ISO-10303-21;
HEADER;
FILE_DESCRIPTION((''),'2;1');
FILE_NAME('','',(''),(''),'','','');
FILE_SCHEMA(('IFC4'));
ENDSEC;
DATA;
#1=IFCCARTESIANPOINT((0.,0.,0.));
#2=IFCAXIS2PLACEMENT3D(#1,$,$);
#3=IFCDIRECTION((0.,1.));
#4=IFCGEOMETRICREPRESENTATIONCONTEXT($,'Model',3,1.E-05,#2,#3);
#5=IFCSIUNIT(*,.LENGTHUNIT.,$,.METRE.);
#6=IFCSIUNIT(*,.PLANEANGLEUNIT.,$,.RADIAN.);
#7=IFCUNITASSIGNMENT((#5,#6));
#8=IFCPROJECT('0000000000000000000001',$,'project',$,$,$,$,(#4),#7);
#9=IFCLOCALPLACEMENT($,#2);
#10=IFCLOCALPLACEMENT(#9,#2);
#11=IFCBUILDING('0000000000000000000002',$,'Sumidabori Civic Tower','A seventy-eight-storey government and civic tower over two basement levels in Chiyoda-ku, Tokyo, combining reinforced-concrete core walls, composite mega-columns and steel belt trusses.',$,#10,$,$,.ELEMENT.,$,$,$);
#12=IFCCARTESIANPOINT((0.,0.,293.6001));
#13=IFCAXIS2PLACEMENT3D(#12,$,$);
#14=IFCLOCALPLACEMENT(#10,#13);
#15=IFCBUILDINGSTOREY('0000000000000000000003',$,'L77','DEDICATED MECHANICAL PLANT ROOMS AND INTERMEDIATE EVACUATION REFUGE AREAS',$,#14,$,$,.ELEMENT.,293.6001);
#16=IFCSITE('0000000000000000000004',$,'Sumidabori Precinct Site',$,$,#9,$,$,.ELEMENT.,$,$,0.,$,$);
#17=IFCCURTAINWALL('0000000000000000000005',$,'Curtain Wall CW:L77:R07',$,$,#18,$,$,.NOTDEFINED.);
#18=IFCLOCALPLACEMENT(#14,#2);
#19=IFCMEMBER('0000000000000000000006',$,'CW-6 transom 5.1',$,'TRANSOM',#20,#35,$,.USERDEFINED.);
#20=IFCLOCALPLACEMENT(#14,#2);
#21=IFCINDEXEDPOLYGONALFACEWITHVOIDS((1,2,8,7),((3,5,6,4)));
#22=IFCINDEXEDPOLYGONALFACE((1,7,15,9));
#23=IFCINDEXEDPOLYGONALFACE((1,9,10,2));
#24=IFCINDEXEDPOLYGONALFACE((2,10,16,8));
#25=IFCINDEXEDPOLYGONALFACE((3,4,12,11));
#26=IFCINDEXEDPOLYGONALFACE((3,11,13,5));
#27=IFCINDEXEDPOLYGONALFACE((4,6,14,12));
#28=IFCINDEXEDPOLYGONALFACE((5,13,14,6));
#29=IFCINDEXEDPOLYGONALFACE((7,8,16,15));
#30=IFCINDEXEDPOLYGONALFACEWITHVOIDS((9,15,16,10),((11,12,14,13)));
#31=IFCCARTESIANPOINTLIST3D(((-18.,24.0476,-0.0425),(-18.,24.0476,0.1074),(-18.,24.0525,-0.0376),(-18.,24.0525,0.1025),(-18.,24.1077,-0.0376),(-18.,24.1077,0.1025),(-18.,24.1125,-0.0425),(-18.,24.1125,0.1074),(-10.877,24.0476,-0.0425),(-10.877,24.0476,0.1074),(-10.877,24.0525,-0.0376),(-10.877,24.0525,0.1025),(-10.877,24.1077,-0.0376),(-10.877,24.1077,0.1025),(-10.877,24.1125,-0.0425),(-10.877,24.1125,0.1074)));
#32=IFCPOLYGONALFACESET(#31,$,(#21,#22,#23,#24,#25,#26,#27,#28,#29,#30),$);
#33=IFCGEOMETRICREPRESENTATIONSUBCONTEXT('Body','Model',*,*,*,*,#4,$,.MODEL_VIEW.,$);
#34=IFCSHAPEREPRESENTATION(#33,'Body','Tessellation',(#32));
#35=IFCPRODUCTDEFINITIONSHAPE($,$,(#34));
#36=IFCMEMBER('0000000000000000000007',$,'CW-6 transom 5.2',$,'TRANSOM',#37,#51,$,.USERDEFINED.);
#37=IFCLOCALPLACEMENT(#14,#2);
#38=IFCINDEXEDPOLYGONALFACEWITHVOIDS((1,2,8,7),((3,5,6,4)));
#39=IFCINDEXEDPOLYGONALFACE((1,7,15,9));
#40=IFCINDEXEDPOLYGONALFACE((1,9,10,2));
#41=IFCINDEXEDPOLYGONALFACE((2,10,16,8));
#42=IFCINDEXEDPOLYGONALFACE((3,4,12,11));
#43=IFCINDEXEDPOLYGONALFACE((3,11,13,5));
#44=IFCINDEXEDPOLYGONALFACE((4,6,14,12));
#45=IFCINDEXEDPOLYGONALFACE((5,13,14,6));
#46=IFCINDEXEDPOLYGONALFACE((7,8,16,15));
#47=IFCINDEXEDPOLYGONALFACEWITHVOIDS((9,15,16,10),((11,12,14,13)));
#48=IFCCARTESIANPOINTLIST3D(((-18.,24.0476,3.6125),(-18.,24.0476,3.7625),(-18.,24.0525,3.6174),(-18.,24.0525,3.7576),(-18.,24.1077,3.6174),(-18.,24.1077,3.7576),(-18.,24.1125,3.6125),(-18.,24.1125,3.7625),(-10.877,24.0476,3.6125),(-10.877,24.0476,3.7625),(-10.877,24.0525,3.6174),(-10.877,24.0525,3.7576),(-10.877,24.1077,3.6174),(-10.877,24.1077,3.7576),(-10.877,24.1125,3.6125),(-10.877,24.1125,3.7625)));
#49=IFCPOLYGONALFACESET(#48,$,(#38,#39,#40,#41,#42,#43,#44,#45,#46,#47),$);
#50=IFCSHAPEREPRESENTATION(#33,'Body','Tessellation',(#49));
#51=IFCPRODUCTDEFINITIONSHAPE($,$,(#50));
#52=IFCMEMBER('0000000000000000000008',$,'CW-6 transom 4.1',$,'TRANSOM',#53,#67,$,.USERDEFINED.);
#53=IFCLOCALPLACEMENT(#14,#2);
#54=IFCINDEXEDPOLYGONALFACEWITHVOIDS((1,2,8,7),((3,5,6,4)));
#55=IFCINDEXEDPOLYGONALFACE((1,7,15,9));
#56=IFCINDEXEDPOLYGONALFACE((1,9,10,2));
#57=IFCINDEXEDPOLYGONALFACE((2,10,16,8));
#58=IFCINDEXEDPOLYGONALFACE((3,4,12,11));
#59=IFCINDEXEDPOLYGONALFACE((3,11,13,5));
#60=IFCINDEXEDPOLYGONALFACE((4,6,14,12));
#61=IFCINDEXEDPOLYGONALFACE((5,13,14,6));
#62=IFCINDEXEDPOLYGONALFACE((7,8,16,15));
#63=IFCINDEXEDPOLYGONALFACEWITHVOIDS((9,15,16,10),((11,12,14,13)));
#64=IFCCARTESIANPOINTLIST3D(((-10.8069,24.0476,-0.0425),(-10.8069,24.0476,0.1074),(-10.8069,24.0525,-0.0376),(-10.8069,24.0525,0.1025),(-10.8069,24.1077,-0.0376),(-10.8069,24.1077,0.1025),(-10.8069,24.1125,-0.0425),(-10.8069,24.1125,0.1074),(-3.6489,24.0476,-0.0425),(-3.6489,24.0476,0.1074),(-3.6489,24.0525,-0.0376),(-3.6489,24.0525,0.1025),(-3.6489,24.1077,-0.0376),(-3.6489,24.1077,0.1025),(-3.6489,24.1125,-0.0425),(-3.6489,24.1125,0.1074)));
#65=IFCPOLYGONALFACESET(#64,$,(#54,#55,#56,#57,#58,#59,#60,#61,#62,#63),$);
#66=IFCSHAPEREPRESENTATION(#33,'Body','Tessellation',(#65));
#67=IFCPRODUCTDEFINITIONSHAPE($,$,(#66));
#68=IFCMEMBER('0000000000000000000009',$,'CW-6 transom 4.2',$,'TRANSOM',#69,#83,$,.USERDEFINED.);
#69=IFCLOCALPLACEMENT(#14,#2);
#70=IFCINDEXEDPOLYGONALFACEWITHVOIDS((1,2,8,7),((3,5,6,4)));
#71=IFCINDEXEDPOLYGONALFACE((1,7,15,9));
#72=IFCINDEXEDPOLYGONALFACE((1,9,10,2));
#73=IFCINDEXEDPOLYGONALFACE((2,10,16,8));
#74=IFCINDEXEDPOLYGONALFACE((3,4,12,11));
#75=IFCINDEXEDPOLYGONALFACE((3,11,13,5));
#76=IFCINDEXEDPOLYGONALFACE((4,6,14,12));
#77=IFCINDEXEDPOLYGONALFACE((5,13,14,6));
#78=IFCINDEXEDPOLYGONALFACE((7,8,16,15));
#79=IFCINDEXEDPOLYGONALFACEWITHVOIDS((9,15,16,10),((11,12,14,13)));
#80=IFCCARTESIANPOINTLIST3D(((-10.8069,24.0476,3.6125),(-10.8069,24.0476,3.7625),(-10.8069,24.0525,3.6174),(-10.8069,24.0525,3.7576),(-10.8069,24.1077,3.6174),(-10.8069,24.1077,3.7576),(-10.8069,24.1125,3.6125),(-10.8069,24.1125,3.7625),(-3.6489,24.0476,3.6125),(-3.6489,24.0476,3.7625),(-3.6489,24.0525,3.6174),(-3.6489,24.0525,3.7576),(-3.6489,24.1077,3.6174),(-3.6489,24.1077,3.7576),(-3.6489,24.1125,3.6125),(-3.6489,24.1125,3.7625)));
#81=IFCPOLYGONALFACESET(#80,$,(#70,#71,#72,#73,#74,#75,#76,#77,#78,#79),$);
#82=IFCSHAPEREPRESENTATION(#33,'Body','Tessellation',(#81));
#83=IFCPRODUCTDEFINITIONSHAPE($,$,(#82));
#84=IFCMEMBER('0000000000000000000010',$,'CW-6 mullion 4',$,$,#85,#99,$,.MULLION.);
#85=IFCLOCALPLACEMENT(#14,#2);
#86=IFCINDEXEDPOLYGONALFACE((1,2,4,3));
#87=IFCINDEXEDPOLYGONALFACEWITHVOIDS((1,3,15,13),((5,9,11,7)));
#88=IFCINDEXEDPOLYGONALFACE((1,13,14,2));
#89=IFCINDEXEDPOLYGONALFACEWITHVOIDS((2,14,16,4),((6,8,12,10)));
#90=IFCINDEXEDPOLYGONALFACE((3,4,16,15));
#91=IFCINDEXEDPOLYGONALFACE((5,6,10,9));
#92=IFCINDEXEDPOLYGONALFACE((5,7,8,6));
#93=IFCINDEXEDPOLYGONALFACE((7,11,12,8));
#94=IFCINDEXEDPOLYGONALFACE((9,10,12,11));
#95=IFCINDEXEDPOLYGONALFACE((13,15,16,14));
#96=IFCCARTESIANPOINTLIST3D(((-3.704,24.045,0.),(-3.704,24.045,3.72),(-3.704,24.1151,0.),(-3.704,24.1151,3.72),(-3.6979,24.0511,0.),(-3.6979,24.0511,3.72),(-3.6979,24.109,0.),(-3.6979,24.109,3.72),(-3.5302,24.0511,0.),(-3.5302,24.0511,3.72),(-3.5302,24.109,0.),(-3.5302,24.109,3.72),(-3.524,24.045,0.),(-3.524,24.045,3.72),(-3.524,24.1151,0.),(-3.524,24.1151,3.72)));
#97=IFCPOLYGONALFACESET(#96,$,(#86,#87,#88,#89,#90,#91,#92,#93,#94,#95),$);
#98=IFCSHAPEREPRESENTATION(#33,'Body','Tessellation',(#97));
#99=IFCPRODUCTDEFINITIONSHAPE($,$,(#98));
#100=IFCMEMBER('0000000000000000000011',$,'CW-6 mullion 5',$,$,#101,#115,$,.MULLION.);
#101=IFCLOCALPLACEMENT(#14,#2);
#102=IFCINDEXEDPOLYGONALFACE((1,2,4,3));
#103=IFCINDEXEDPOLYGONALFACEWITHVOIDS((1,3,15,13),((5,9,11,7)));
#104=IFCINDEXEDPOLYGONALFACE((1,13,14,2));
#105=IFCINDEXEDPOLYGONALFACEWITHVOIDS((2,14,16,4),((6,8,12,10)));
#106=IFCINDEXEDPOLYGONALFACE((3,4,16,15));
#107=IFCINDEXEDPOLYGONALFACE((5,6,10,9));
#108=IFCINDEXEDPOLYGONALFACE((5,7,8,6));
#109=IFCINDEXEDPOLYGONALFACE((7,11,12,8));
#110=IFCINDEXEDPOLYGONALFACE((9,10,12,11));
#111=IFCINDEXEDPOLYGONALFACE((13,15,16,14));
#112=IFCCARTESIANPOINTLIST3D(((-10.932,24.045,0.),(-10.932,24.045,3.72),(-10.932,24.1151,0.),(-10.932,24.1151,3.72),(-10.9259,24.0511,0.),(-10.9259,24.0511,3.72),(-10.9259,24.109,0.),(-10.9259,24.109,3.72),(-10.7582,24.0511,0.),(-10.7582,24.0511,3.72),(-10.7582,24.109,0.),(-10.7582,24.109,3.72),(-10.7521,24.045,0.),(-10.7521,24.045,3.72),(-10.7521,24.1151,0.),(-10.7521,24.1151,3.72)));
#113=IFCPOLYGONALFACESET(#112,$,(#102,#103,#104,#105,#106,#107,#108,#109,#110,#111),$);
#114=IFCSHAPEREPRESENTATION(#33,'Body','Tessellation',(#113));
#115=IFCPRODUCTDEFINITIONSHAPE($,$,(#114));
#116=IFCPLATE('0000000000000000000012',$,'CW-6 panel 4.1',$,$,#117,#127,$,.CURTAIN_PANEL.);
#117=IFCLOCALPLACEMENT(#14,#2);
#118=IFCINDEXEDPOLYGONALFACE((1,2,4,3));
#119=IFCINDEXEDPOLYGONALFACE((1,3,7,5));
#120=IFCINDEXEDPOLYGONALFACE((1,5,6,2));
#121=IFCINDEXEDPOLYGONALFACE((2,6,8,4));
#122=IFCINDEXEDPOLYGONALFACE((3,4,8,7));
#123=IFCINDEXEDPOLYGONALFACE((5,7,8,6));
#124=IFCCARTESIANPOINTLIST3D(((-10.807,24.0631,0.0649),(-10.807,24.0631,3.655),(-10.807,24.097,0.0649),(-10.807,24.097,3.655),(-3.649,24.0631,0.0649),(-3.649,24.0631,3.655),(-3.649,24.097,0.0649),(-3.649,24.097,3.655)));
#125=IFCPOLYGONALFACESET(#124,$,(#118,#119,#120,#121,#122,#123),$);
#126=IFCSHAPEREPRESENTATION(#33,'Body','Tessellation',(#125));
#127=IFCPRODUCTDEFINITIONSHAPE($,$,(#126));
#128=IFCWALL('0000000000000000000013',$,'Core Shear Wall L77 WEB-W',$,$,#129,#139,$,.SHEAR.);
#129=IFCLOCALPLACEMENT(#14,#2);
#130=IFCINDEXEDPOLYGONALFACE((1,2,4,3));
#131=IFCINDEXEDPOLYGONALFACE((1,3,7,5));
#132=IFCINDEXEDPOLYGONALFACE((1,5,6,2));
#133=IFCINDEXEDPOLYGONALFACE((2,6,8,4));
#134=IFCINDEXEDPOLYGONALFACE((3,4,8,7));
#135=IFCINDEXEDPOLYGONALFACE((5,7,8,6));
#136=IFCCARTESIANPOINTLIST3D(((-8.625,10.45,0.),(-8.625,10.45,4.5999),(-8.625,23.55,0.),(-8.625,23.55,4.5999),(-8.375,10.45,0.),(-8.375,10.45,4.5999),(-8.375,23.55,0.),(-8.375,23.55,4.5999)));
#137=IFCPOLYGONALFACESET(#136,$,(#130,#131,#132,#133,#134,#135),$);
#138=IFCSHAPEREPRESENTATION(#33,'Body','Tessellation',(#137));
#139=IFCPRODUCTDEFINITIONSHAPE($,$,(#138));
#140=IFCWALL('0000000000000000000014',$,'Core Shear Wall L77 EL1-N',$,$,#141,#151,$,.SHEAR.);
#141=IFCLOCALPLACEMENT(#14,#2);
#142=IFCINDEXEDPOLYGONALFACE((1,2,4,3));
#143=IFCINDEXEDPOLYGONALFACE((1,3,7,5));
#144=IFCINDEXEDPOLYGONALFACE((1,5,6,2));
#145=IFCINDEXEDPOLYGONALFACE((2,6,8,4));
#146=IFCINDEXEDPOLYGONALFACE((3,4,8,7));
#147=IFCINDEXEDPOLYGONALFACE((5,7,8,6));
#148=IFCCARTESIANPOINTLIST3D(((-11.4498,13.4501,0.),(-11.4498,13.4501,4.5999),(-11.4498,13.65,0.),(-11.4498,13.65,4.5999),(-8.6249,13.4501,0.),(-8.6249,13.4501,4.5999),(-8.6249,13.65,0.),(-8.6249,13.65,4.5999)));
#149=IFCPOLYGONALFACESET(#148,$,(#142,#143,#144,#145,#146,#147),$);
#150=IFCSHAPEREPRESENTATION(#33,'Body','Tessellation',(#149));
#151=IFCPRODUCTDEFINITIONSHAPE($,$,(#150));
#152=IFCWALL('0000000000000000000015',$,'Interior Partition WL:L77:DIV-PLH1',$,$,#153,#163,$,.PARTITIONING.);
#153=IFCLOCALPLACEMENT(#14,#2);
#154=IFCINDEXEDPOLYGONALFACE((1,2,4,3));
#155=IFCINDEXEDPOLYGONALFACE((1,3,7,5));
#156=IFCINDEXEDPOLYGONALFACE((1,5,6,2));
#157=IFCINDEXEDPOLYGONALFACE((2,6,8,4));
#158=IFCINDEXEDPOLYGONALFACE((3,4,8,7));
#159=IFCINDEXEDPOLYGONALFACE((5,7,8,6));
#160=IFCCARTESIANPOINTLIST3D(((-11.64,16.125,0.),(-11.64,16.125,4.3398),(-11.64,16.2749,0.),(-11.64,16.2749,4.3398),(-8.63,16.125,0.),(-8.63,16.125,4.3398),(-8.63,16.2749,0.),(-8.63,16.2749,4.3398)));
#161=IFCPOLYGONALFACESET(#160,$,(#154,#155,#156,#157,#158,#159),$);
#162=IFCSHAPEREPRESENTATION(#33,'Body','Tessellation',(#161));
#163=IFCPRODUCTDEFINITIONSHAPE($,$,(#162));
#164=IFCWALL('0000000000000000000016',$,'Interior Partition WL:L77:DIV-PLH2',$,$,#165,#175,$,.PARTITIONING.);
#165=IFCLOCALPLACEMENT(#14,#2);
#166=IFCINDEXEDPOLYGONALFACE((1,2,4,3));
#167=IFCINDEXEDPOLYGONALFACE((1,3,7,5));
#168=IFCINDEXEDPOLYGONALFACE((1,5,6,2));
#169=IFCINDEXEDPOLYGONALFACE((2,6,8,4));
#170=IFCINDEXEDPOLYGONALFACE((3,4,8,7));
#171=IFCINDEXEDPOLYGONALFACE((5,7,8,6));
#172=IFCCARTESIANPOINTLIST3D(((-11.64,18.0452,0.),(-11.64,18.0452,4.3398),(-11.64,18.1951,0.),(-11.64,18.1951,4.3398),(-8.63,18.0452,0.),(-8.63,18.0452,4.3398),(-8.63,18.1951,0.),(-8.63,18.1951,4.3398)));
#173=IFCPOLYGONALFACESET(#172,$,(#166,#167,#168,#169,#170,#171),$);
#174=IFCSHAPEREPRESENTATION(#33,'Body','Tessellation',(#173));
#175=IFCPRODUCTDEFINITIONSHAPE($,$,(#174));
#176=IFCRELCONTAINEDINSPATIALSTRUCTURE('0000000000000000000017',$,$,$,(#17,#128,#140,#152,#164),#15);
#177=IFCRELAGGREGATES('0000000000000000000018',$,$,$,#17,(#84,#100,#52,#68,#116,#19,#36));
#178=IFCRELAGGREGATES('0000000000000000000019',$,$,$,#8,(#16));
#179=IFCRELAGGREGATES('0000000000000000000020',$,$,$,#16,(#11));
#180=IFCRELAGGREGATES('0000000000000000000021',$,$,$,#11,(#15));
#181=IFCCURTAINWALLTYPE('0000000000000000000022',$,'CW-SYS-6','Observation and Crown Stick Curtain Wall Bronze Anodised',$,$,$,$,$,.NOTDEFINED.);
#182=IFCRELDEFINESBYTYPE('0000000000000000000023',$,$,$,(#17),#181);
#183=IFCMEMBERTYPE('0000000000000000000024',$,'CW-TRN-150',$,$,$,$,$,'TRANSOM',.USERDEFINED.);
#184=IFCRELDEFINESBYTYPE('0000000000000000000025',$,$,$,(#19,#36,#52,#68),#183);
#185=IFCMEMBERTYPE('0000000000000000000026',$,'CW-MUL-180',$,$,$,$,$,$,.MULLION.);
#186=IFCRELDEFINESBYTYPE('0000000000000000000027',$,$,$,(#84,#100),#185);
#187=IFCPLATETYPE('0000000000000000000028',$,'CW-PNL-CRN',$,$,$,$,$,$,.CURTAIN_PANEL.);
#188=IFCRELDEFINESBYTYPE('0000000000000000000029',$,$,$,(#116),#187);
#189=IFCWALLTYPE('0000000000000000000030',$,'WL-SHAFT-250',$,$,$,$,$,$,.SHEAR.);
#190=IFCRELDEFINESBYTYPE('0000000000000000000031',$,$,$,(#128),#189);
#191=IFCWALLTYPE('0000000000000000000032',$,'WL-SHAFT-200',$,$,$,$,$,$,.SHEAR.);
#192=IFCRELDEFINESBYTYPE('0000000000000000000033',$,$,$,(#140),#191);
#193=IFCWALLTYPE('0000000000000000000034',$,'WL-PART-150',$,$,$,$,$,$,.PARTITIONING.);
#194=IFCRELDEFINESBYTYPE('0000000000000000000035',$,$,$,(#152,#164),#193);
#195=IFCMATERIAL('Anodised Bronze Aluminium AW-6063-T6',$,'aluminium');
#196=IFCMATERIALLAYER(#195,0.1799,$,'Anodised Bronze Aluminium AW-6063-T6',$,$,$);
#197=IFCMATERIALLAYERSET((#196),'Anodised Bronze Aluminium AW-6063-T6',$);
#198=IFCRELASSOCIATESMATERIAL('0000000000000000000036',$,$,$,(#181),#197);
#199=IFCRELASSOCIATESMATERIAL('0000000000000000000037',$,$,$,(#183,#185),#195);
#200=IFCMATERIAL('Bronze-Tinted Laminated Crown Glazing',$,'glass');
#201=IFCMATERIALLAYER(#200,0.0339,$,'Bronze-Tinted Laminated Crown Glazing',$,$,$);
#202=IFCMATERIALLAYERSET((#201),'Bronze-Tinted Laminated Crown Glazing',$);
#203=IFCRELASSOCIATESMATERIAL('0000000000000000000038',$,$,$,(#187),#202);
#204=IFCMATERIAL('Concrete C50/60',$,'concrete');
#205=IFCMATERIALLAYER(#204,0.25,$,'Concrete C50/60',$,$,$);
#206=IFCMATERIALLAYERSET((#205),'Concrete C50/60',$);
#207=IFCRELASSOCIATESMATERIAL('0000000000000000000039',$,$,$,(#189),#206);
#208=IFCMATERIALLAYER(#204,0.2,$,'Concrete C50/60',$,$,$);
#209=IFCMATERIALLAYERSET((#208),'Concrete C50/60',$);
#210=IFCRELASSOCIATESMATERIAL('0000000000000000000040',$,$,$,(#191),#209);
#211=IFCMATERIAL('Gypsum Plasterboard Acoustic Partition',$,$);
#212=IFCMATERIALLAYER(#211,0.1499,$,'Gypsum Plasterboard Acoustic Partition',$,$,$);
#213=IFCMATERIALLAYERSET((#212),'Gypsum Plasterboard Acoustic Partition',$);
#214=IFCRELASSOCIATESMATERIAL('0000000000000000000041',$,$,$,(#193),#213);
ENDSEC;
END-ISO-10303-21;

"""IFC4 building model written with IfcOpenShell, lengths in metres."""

from ifc_helpers import new_model, si_unit, direction, frame, frame_2d, origin, origin_2d, place, context, subcontext, project, spatial, rectangle, hollow_rectangle, extrude, source, transform, mapped, material, layer, layer_set, material_profile, profile_set, type_object, element, aggregate, save


model = new_model("IFC4")

# Units and contexts
model_context = context("Model", 3, precision=1e-05, world=origin(), true_north=direction((0.0, 1.0)))
body_context = subcontext(model_context, "Body", "Model", "MODEL_VIEW")
ifc_project = project(units=[si_unit("LENGTHUNIT", "METRE"), si_unit("PLANEANGLEUNIT", "RADIAN")], contexts=[model_context])

# Site, building, storey
site_placement = place(None, origin())
site = spatial("IfcSite", under=ifc_project, at=site_placement, Name="Sumidabori Precinct Site", CompositionType="ELEMENT", RefElevation=0.0)
building_placement = place(site_placement, origin())
building = spatial("IfcBuilding", under=site, at=building_placement, Name="Sumidabori Civic Tower", Description="A seventy-eight-storey government and civic tower over two basement levels in Chiyoda-ku, Tokyo, combining reinforced-concrete core walls, composite mega-columns and steel belt trusses.", CompositionType="ELEMENT")
storey_placement = place(building_placement, frame((0.0, 0.0, 293.6001)))
storey = spatial("IfcBuildingStorey", under=building, at=storey_placement, Name="L77", Description="DEDICATED MECHANICAL PLANT ROOMS AND INTERMEDIATE EVACUATION REFUGE AREAS", CompositionType="ELEMENT", Elevation=293.6001)

# Curtain wall, members, plate
ifc_material_1 = material(Name="Anodised Bronze Aluminium AW-6063-T6", Category="aluminium")
ifc_layer_1 = layer(ifc_material_1, 0.1799, Name="Anodised Bronze Aluminium AW-6063-T6")
ifc_layer_set_1 = layer_set([ifc_layer_1], Name="Anodised Bronze Aluminium AW-6063-T6")
curtain_wall_type = type_object("IfcCurtainWallType", Name="CW-SYS-6", Description="Observation and Crown Stick Curtain Wall Bronze Anodised", PredefinedType="NOTDEFINED", material=ifc_layer_set_1)
curtain_wall_placement = place(storey_placement, origin())
curtain_wall = element("IfcCurtainWall", 1, at=curtain_wall_placement, inside=storey, type_object=curtain_wall_type, Name="Curtain Wall CW:L77:R07", PredefinedType="NOTDEFINED")
ifc_material_profile_1 = material_profile(ifc_material_1, hollow_rectangle(XDim=0.0649, YDim=0.1499, WallThickness=0.0049, at=origin_2d()), Name="ALU TRANSOM 150x65")
ifc_profile_set_1 = profile_set([ifc_material_profile_1], Name="Anodised Bronze Aluminium AW-6063-T6")
member_type_1 = type_object("IfcMemberType", Name="CW-TRN-150", ElementType="TRANSOM", PredefinedType="USERDEFINED", material=ifc_profile_set_1)
shared_shape_1 = source(origin(), body_context, "Body", "SweptSolid", [
    extrude(hollow_rectangle(XDim=0.0649, YDim=0.1499, WallThickness=0.0049, at=origin_2d()), origin(), (0.0, 0.0, 1.0), 7.123),
])
member_1_placement = place(storey_placement, frame((-10.877, 24.0801, 0.0325), z_axis=(-1.0, 0.0, 0.0), x_axis=(0.0, -1.0, 0.0)))
member_1 = element("IfcMember", 2, at=member_1_placement, type_object=member_type_1, Name="CW-6 transom 5.1", ObjectType="TRANSOM", PredefinedType="USERDEFINED", context=body_context, shape_type="MappedRepresentation", body=[
    mapped(shared_shape_1, transform((0.0, 0.0, 0.0), x_axis=(1.0, 0.0, 0.0), y_axis=(0.0, 1.0, 0.0), z_axis=(0.0, 0.0, 1.0), scale=1.0)),
])
member_2_placement = place(storey_placement, frame((-10.877, 24.0801, 3.6875), z_axis=(-1.0, 0.0, 0.0), x_axis=(0.0, -1.0, 0.0)))
member_2 = element("IfcMember", 3, at=member_2_placement, type_object=member_type_1, Name="CW-6 transom 5.2", ObjectType="TRANSOM", PredefinedType="USERDEFINED", context=body_context, shape_type="MappedRepresentation", body=[
    mapped(shared_shape_1, transform((0.0, 0.0, 0.0), x_axis=(1.0, 0.0, 0.0), y_axis=(0.0, 1.0, 0.0), z_axis=(0.0, 0.0, 1.0), scale=1.0)),
])
shared_shape_2 = source(origin(), body_context, "Body", "SweptSolid", [
    extrude(hollow_rectangle(XDim=0.0649, YDim=0.1499, WallThickness=0.0049, at=origin_2d()), origin(), (0.0, 0.0, 1.0), 7.158),
])
member_3_placement = place(storey_placement, frame((-3.6489, 24.0801, 0.0325), z_axis=(-1.0, 0.0, 0.0), x_axis=(0.0, -1.0, 0.0)))
member_3 = element("IfcMember", 4, at=member_3_placement, type_object=member_type_1, Name="CW-6 transom 4.1", ObjectType="TRANSOM", PredefinedType="USERDEFINED", context=body_context, shape_type="MappedRepresentation", body=[
    mapped(shared_shape_2, transform((0.0, 0.0, 0.0), x_axis=(1.0, 0.0, 0.0), y_axis=(0.0, 1.0, 0.0), z_axis=(0.0, 0.0, 1.0), scale=1.0)),
])
member_4_placement = place(storey_placement, frame((-3.6489, 24.0801, 3.6875), z_axis=(-1.0, 0.0, 0.0), x_axis=(0.0, -1.0, 0.0)))
member_4 = element("IfcMember", 5, at=member_4_placement, type_object=member_type_1, Name="CW-6 transom 4.2", ObjectType="TRANSOM", PredefinedType="USERDEFINED", context=body_context, shape_type="MappedRepresentation", body=[
    mapped(shared_shape_2, transform((0.0, 0.0, 0.0), x_axis=(1.0, 0.0, 0.0), y_axis=(0.0, 1.0, 0.0), z_axis=(0.0, 0.0, 1.0), scale=1.0)),
])
ifc_material_profile_2 = material_profile(ifc_material_1, hollow_rectangle(XDim=0.0701, YDim=0.1799, WallThickness=0.0061, at=origin_2d()), Name="ALU MULLION 180x70")
ifc_profile_set_2 = profile_set([ifc_material_profile_2], Name="Anodised Bronze Aluminium AW-6063-T6")
member_type_2 = type_object("IfcMemberType", Name="CW-MUL-180", PredefinedType="MULLION", material=ifc_profile_set_2)
shared_shape_3 = source(origin(), body_context, "Body", "SweptSolid", [
    extrude(hollow_rectangle(XDim=0.0701, YDim=0.1799, WallThickness=0.0061, at=origin_2d()), origin(), (0.0, 0.0, 1.0), 3.72),
])
member_5_placement = place(storey_placement, frame((-3.614, 24.0801, 0.0), z_axis=(0.0, 0.0, 1.0), x_axis=(0.0, -1.0, 0.0)))
member_5 = element("IfcMember", 6, at=member_5_placement, type_object=member_type_2, Name="CW-6 mullion 4", PredefinedType="MULLION", context=body_context, shape_type="MappedRepresentation", body=[
    mapped(shared_shape_3, transform((0.0, 0.0, 0.0), x_axis=(1.0, 0.0, 0.0), y_axis=(0.0, 1.0, 0.0), z_axis=(0.0, 0.0, 1.0), scale=1.0)),
])
member_6_placement = place(storey_placement, frame((-10.842, 24.0801, 0.0), z_axis=(0.0, 0.0, 1.0), x_axis=(0.0, -1.0, 0.0)))
member_6 = element("IfcMember", 7, at=member_6_placement, type_object=member_type_2, Name="CW-6 mullion 5", PredefinedType="MULLION", context=body_context, shape_type="MappedRepresentation", body=[
    mapped(shared_shape_3, transform((0.0, 0.0, 0.0), x_axis=(1.0, 0.0, 0.0), y_axis=(0.0, 1.0, 0.0), z_axis=(0.0, 0.0, 1.0), scale=1.0)),
])
ifc_material_2 = material(Name="Bronze-Tinted Laminated Crown Glazing", Category="glass")
ifc_layer_2 = layer(ifc_material_2, 0.0339, Name="Bronze-Tinted Laminated Crown Glazing")
ifc_layer_set_2 = layer_set([ifc_layer_2], Name="Bronze-Tinted Laminated Crown Glazing")
plate_type = type_object("IfcPlateType", Name="CW-PNL-CRN", PredefinedType="CURTAIN_PANEL", material=ifc_layer_set_2)
shared_shape_4 = source(origin(), body_context, "Body", "SweptSolid", [
    extrude(rectangle(XDim=7.158, YDim=0.0339, at=origin_2d()), origin(), (0.0, 0.0, 1.0), 3.5901),
])
plate_placement = place(storey_placement, frame((-7.228, 24.0801, 0.0649), z_axis=(0.0, 0.0, 1.0), x_axis=(-1.0, 0.0, 0.0)))
plate = element("IfcPlate", 8, at=plate_placement, type_object=plate_type, Name="CW-6 panel 4.1", PredefinedType="CURTAIN_PANEL", context=body_context, shape_type="MappedRepresentation", body=[
    mapped(shared_shape_4, transform((0.0, 0.0, 0.0), x_axis=(1.0, 0.0, 0.0), y_axis=(0.0, 1.0, 0.0), z_axis=(0.0, 0.0, 1.0), scale=1.0)),
])
aggregate(curtain_wall, [member_5, member_6, member_3, member_4, plate, member_1, member_2])

# Wall
ifc_material_3 = material(Name="Concrete C50/60", Category="concrete")
ifc_layer_3 = layer(ifc_material_3, 0.25, Name="Concrete C50/60")
ifc_layer_set_3 = layer_set([ifc_layer_3], Name="Concrete C50/60")
wall_type_1 = type_object("IfcWallType", Name="WL-SHAFT-250", PredefinedType="SHEAR", material=ifc_layer_set_3)
shared_shape_5 = source(origin(), body_context, "Body", "SweptSolid", [
    extrude(rectangle(XDim=13.1001, YDim=0.25, at=frame_2d((6.55, 0.0))), origin(), (0.0, 0.0, 1.0), 4.5999),
])
wall_1_placement = place(storey_placement, frame((-8.5, 10.45, 0.0), z_axis=(0.0, 0.0, 1.0), x_axis=(0.0, 1.0, 0.0)))
element("IfcWall", 9, at=wall_1_placement, inside=storey, type_object=wall_type_1, Name="Core Shear Wall L77 WEB-W", PredefinedType="SHEAR", context=body_context, shape_type="MappedRepresentation", body=[
    mapped(shared_shape_5, transform((0.0, 0.0, 0.0), x_axis=(1.0, 0.0, 0.0), y_axis=(0.0, 1.0, 0.0), z_axis=(0.0, 0.0, 1.0), scale=1.0)),
])

# Shared definitions
ifc_layer_4 = layer(ifc_material_3, 0.2, Name="Concrete C50/60")
ifc_layer_set_4 = layer_set([ifc_layer_4], Name="Concrete C50/60")
wall_type_2 = type_object("IfcWallType", Name="WL-SHAFT-200", PredefinedType="SHEAR", material=ifc_layer_set_4)

# Walls
shared_shape_6 = source(origin(), body_context, "Body", "SweptSolid", [
    extrude(rectangle(XDim=2.825, YDim=0.2, at=frame_2d((1.4126, 0.0))), origin(), (0.0, 0.0, 1.0), 4.5999),
])
wall_2_placement = place(storey_placement, frame((-11.45, 13.55, 0.0), z_axis=(0.0, 0.0, 1.0), x_axis=(1.0, 0.0, 0.0)))
element("IfcWall", 10, at=wall_2_placement, inside=storey, type_object=wall_type_2, Name="Core Shear Wall L77 EL1-N", PredefinedType="SHEAR", context=body_context, shape_type="MappedRepresentation", body=[
    mapped(shared_shape_6, transform((0.0, 0.0, 0.0), x_axis=(1.0, 0.0, 0.0), y_axis=(0.0, 1.0, 0.0), z_axis=(0.0, 0.0, 1.0), scale=1.0)),
])
ifc_material_4 = material(Name="Gypsum Plasterboard Acoustic Partition")
ifc_layer_5 = layer(ifc_material_4, 0.1499, Name="Gypsum Plasterboard Acoustic Partition")
ifc_layer_set_5 = layer_set([ifc_layer_5], Name="Gypsum Plasterboard Acoustic Partition")
wall_type_3 = type_object("IfcWallType", Name="WL-PART-150", PredefinedType="PARTITIONING", material=ifc_layer_set_5)
shared_shape_7 = source(origin(), body_context, "Body", "SweptSolid", [
    extrude(rectangle(XDim=3.01, YDim=0.1499, at=frame_2d((1.5049, 0.0))), origin(), (0.0, 0.0, 1.0), 4.3398),
])
for number, where, z_axis, x_axis, name in (
    (11, (-11.6399, 16.2, 0.0), (0.0, 0.0, 1.0), (1.0, 0.0, 0.0), "Interior Partition WL:L77:DIV-PLH1"),
    (12, (-11.6399, 18.1201, 0.0), (0.0, 0.0, 1.0), (1.0, 0.0, 0.0), "Interior Partition WL:L77:DIV-PLH2"),
):
    element("IfcWall", number, at=place(storey_placement, frame(where, z_axis=z_axis, x_axis=x_axis)), inside=storey, type_object=wall_type_3, Name=name, PredefinedType="PARTITIONING", context=body_context, shape_type="MappedRepresentation", body=[
        mapped(shared_shape_7, transform((0.0, 0.0, 0.0), x_axis=(1.0, 0.0, 0.0), y_axis=(0.0, 1.0, 0.0), z_axis=(0.0, 0.0, 1.0), scale=1.0)),
    ])

save(model, "model.ifc")
